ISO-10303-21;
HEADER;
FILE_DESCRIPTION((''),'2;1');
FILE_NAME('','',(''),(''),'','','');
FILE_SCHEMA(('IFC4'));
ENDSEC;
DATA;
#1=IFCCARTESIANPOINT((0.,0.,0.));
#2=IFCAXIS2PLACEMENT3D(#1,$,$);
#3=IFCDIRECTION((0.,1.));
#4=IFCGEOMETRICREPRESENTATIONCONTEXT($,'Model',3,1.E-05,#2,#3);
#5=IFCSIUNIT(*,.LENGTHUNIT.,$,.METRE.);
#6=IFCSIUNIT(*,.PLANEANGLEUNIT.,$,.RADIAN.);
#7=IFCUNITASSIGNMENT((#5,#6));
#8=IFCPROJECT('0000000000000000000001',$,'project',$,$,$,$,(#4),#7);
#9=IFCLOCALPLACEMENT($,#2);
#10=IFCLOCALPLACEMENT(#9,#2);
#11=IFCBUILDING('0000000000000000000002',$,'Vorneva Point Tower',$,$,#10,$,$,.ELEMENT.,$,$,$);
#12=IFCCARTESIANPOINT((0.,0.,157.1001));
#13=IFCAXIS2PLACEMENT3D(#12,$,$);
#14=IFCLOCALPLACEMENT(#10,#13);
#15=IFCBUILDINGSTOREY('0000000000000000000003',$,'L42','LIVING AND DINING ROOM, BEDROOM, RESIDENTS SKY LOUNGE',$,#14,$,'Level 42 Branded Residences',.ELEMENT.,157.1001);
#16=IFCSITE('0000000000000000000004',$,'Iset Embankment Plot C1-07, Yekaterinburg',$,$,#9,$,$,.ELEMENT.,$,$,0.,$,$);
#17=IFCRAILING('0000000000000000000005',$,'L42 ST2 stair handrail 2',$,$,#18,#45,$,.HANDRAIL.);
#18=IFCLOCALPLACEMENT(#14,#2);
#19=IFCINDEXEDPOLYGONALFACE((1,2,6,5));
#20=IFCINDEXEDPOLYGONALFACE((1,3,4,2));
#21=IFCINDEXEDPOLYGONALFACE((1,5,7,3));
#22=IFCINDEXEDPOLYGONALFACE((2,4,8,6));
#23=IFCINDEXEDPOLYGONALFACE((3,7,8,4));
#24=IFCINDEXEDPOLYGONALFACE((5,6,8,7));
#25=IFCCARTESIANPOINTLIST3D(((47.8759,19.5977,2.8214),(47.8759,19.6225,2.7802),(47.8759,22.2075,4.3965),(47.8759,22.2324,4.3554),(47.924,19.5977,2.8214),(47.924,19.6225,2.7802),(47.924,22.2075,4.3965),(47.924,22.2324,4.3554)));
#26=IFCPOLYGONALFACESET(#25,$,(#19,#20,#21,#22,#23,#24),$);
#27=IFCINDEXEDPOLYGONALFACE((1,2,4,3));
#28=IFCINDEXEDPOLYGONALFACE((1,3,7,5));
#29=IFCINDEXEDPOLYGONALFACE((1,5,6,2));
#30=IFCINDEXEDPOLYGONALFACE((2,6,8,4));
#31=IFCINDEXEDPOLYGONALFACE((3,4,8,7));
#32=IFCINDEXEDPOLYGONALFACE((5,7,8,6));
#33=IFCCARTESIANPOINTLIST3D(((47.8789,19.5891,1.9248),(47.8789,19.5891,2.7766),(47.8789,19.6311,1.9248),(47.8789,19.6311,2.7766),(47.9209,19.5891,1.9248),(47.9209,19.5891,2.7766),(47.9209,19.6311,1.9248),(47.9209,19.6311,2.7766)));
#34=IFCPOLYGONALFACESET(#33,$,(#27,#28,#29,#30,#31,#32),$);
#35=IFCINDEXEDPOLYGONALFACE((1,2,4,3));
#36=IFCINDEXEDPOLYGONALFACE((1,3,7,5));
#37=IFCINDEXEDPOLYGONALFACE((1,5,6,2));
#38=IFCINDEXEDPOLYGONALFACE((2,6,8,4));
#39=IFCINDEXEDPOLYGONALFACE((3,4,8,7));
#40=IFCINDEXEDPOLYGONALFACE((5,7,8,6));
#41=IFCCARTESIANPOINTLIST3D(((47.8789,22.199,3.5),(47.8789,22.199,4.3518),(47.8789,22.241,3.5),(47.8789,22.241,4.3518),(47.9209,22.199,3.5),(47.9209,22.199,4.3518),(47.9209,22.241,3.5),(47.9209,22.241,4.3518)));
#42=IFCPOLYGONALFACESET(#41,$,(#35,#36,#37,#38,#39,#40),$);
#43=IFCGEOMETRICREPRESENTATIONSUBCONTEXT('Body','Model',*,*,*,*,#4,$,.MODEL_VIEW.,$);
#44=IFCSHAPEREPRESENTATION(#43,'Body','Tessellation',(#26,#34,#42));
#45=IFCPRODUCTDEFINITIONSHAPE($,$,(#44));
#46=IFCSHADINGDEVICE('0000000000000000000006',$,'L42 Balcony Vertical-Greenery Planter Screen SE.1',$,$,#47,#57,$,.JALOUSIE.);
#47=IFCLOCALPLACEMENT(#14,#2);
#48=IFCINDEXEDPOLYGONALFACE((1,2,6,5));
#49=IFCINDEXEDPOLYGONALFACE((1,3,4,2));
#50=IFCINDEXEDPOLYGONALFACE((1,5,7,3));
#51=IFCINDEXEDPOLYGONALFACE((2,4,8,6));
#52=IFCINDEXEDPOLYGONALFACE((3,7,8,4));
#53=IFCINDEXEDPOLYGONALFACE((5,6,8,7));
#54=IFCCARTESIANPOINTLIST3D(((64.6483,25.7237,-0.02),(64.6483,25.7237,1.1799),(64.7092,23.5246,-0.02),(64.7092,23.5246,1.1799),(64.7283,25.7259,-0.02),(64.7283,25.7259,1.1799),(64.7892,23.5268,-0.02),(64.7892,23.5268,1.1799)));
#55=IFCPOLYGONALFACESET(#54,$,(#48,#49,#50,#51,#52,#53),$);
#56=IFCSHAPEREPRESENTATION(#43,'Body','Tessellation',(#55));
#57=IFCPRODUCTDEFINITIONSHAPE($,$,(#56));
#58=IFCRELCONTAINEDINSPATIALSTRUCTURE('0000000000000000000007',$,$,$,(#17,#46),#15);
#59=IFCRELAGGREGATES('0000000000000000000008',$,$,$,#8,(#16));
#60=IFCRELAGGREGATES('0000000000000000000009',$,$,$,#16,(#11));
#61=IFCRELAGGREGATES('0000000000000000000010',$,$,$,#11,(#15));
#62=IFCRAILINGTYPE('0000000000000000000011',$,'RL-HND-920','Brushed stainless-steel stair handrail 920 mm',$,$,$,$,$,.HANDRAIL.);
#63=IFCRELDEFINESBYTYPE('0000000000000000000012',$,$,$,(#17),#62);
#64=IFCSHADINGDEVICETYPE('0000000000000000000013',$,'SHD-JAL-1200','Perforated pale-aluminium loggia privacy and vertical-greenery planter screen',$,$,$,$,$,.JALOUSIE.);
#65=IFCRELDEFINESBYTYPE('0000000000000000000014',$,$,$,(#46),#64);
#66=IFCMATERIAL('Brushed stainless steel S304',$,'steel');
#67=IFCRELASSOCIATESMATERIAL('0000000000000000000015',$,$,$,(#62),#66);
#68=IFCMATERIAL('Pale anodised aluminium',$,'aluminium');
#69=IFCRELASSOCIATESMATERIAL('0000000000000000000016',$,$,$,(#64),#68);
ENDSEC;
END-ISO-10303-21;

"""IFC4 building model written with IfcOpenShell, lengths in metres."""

from ifc_helpers import new_model, si_unit, direction, frame, origin, origin_2d, place, context, subcontext, project, spatial, rectangle, extrude, material, type_object, element, save


model = new_model("IFC4")

# Units and contexts
model_context = context("Model", 3, precision=1e-05, world=origin(), true_north=direction((0.0, 1.0)))
body_context = subcontext(model_context, "Body", "Model", "MODEL_VIEW")
ifc_project = project(units=[si_unit("LENGTHUNIT", "METRE"), si_unit("PLANEANGLEUNIT", "RADIAN")], contexts=[model_context])

# Site, building, storey
site_placement = place(None, origin())
site = spatial("IfcSite", under=ifc_project, at=site_placement, Name="Iset Embankment Plot C1-07, Yekaterinburg", CompositionType="ELEMENT", RefElevation=0.0)
building_placement = place(site_placement, origin())
building = spatial("IfcBuilding", under=site, at=building_placement, Name="Vorneva Point Tower", CompositionType="ELEMENT")
storey_placement = place(building_placement, frame((0.0, 0.0, 157.1001)))
storey = spatial("IfcBuildingStorey", under=building, at=storey_placement, Name="L42", Description="LIVING AND DINING ROOM, BEDROOM, RESIDENTS SKY LOUNGE", LongName="Level 42 Branded Residences", CompositionType="ELEMENT", Elevation=157.1001)

# Shared definitions
ifc_material_1 = material(Name="Pale anodised aluminium", Category="aluminium")

# Railing
ifc_material_2 = material(Name="Brushed stainless steel S304", Category="steel")
railing_type_1 = type_object("IfcRailingType", Name="RL-HND-920", Description="Brushed stainless-steel stair handrail 920 mm", PredefinedType="HANDRAIL", material=ifc_material_2)
railing_1_placement = place(storey_placement, frame((47.8999, 19.6101, 1.9248)))
element("IfcRailing", 1, at=railing_1_placement, inside=storey, type_object=railing_type_1, Name="L42 ST2 stair handrail 2", PredefinedType="HANDRAIL", context=body_context, shape_type="SweptSolid", body=[
    extrude(rectangle(XDim=0.0481, YDim=0.0481, at=origin_2d()), frame((0.0, 0.0, 0.876), z_axis=(0.0, 0.856147, 0.516732), x_axis=(-1.0, 0.0, 0.0)), (0.0, 0.0, 1.0), 3.0483),
    extrude(rectangle(XDim=0.042, YDim=0.042, at=origin_2d()), origin(), (0.0, 0.0, 1.0), 0.8518),
    extrude(rectangle(XDim=0.042, YDim=0.042, at=origin_2d()), frame((0.0, 2.6099, 1.5752)), (0.0, 0.0, 1.0), 0.8518),
])

# Shading device
shading_device_type = type_object("IfcShadingDeviceType", Name="SHD-JAL-1200", Description="Perforated pale-aluminium loggia privacy and vertical-greenery planter screen", PredefinedType="JALOUSIE", material=ifc_material_1)
shading_device_placement = place(storey_placement, frame((64.7188, 24.6252, -0.02), z_axis=(0.0, 0.0, 1.0), x_axis=(-0.027695, 0.999616, 0.0)))
element("IfcShadingDevice", 2, at=shading_device_placement, inside=storey, type_object=shading_device_type, Name="L42 Balcony Vertical-Greenery Planter Screen SE.1", PredefinedType="JALOUSIE", context=body_context, shape_type="SweptSolid", body=[
    extrude(rectangle(XDim=2.2, YDim=0.0801, at=origin_2d()), origin(), (0.0, 0.0, 1.0), 1.2),
])

save(model, "model.ifc")
